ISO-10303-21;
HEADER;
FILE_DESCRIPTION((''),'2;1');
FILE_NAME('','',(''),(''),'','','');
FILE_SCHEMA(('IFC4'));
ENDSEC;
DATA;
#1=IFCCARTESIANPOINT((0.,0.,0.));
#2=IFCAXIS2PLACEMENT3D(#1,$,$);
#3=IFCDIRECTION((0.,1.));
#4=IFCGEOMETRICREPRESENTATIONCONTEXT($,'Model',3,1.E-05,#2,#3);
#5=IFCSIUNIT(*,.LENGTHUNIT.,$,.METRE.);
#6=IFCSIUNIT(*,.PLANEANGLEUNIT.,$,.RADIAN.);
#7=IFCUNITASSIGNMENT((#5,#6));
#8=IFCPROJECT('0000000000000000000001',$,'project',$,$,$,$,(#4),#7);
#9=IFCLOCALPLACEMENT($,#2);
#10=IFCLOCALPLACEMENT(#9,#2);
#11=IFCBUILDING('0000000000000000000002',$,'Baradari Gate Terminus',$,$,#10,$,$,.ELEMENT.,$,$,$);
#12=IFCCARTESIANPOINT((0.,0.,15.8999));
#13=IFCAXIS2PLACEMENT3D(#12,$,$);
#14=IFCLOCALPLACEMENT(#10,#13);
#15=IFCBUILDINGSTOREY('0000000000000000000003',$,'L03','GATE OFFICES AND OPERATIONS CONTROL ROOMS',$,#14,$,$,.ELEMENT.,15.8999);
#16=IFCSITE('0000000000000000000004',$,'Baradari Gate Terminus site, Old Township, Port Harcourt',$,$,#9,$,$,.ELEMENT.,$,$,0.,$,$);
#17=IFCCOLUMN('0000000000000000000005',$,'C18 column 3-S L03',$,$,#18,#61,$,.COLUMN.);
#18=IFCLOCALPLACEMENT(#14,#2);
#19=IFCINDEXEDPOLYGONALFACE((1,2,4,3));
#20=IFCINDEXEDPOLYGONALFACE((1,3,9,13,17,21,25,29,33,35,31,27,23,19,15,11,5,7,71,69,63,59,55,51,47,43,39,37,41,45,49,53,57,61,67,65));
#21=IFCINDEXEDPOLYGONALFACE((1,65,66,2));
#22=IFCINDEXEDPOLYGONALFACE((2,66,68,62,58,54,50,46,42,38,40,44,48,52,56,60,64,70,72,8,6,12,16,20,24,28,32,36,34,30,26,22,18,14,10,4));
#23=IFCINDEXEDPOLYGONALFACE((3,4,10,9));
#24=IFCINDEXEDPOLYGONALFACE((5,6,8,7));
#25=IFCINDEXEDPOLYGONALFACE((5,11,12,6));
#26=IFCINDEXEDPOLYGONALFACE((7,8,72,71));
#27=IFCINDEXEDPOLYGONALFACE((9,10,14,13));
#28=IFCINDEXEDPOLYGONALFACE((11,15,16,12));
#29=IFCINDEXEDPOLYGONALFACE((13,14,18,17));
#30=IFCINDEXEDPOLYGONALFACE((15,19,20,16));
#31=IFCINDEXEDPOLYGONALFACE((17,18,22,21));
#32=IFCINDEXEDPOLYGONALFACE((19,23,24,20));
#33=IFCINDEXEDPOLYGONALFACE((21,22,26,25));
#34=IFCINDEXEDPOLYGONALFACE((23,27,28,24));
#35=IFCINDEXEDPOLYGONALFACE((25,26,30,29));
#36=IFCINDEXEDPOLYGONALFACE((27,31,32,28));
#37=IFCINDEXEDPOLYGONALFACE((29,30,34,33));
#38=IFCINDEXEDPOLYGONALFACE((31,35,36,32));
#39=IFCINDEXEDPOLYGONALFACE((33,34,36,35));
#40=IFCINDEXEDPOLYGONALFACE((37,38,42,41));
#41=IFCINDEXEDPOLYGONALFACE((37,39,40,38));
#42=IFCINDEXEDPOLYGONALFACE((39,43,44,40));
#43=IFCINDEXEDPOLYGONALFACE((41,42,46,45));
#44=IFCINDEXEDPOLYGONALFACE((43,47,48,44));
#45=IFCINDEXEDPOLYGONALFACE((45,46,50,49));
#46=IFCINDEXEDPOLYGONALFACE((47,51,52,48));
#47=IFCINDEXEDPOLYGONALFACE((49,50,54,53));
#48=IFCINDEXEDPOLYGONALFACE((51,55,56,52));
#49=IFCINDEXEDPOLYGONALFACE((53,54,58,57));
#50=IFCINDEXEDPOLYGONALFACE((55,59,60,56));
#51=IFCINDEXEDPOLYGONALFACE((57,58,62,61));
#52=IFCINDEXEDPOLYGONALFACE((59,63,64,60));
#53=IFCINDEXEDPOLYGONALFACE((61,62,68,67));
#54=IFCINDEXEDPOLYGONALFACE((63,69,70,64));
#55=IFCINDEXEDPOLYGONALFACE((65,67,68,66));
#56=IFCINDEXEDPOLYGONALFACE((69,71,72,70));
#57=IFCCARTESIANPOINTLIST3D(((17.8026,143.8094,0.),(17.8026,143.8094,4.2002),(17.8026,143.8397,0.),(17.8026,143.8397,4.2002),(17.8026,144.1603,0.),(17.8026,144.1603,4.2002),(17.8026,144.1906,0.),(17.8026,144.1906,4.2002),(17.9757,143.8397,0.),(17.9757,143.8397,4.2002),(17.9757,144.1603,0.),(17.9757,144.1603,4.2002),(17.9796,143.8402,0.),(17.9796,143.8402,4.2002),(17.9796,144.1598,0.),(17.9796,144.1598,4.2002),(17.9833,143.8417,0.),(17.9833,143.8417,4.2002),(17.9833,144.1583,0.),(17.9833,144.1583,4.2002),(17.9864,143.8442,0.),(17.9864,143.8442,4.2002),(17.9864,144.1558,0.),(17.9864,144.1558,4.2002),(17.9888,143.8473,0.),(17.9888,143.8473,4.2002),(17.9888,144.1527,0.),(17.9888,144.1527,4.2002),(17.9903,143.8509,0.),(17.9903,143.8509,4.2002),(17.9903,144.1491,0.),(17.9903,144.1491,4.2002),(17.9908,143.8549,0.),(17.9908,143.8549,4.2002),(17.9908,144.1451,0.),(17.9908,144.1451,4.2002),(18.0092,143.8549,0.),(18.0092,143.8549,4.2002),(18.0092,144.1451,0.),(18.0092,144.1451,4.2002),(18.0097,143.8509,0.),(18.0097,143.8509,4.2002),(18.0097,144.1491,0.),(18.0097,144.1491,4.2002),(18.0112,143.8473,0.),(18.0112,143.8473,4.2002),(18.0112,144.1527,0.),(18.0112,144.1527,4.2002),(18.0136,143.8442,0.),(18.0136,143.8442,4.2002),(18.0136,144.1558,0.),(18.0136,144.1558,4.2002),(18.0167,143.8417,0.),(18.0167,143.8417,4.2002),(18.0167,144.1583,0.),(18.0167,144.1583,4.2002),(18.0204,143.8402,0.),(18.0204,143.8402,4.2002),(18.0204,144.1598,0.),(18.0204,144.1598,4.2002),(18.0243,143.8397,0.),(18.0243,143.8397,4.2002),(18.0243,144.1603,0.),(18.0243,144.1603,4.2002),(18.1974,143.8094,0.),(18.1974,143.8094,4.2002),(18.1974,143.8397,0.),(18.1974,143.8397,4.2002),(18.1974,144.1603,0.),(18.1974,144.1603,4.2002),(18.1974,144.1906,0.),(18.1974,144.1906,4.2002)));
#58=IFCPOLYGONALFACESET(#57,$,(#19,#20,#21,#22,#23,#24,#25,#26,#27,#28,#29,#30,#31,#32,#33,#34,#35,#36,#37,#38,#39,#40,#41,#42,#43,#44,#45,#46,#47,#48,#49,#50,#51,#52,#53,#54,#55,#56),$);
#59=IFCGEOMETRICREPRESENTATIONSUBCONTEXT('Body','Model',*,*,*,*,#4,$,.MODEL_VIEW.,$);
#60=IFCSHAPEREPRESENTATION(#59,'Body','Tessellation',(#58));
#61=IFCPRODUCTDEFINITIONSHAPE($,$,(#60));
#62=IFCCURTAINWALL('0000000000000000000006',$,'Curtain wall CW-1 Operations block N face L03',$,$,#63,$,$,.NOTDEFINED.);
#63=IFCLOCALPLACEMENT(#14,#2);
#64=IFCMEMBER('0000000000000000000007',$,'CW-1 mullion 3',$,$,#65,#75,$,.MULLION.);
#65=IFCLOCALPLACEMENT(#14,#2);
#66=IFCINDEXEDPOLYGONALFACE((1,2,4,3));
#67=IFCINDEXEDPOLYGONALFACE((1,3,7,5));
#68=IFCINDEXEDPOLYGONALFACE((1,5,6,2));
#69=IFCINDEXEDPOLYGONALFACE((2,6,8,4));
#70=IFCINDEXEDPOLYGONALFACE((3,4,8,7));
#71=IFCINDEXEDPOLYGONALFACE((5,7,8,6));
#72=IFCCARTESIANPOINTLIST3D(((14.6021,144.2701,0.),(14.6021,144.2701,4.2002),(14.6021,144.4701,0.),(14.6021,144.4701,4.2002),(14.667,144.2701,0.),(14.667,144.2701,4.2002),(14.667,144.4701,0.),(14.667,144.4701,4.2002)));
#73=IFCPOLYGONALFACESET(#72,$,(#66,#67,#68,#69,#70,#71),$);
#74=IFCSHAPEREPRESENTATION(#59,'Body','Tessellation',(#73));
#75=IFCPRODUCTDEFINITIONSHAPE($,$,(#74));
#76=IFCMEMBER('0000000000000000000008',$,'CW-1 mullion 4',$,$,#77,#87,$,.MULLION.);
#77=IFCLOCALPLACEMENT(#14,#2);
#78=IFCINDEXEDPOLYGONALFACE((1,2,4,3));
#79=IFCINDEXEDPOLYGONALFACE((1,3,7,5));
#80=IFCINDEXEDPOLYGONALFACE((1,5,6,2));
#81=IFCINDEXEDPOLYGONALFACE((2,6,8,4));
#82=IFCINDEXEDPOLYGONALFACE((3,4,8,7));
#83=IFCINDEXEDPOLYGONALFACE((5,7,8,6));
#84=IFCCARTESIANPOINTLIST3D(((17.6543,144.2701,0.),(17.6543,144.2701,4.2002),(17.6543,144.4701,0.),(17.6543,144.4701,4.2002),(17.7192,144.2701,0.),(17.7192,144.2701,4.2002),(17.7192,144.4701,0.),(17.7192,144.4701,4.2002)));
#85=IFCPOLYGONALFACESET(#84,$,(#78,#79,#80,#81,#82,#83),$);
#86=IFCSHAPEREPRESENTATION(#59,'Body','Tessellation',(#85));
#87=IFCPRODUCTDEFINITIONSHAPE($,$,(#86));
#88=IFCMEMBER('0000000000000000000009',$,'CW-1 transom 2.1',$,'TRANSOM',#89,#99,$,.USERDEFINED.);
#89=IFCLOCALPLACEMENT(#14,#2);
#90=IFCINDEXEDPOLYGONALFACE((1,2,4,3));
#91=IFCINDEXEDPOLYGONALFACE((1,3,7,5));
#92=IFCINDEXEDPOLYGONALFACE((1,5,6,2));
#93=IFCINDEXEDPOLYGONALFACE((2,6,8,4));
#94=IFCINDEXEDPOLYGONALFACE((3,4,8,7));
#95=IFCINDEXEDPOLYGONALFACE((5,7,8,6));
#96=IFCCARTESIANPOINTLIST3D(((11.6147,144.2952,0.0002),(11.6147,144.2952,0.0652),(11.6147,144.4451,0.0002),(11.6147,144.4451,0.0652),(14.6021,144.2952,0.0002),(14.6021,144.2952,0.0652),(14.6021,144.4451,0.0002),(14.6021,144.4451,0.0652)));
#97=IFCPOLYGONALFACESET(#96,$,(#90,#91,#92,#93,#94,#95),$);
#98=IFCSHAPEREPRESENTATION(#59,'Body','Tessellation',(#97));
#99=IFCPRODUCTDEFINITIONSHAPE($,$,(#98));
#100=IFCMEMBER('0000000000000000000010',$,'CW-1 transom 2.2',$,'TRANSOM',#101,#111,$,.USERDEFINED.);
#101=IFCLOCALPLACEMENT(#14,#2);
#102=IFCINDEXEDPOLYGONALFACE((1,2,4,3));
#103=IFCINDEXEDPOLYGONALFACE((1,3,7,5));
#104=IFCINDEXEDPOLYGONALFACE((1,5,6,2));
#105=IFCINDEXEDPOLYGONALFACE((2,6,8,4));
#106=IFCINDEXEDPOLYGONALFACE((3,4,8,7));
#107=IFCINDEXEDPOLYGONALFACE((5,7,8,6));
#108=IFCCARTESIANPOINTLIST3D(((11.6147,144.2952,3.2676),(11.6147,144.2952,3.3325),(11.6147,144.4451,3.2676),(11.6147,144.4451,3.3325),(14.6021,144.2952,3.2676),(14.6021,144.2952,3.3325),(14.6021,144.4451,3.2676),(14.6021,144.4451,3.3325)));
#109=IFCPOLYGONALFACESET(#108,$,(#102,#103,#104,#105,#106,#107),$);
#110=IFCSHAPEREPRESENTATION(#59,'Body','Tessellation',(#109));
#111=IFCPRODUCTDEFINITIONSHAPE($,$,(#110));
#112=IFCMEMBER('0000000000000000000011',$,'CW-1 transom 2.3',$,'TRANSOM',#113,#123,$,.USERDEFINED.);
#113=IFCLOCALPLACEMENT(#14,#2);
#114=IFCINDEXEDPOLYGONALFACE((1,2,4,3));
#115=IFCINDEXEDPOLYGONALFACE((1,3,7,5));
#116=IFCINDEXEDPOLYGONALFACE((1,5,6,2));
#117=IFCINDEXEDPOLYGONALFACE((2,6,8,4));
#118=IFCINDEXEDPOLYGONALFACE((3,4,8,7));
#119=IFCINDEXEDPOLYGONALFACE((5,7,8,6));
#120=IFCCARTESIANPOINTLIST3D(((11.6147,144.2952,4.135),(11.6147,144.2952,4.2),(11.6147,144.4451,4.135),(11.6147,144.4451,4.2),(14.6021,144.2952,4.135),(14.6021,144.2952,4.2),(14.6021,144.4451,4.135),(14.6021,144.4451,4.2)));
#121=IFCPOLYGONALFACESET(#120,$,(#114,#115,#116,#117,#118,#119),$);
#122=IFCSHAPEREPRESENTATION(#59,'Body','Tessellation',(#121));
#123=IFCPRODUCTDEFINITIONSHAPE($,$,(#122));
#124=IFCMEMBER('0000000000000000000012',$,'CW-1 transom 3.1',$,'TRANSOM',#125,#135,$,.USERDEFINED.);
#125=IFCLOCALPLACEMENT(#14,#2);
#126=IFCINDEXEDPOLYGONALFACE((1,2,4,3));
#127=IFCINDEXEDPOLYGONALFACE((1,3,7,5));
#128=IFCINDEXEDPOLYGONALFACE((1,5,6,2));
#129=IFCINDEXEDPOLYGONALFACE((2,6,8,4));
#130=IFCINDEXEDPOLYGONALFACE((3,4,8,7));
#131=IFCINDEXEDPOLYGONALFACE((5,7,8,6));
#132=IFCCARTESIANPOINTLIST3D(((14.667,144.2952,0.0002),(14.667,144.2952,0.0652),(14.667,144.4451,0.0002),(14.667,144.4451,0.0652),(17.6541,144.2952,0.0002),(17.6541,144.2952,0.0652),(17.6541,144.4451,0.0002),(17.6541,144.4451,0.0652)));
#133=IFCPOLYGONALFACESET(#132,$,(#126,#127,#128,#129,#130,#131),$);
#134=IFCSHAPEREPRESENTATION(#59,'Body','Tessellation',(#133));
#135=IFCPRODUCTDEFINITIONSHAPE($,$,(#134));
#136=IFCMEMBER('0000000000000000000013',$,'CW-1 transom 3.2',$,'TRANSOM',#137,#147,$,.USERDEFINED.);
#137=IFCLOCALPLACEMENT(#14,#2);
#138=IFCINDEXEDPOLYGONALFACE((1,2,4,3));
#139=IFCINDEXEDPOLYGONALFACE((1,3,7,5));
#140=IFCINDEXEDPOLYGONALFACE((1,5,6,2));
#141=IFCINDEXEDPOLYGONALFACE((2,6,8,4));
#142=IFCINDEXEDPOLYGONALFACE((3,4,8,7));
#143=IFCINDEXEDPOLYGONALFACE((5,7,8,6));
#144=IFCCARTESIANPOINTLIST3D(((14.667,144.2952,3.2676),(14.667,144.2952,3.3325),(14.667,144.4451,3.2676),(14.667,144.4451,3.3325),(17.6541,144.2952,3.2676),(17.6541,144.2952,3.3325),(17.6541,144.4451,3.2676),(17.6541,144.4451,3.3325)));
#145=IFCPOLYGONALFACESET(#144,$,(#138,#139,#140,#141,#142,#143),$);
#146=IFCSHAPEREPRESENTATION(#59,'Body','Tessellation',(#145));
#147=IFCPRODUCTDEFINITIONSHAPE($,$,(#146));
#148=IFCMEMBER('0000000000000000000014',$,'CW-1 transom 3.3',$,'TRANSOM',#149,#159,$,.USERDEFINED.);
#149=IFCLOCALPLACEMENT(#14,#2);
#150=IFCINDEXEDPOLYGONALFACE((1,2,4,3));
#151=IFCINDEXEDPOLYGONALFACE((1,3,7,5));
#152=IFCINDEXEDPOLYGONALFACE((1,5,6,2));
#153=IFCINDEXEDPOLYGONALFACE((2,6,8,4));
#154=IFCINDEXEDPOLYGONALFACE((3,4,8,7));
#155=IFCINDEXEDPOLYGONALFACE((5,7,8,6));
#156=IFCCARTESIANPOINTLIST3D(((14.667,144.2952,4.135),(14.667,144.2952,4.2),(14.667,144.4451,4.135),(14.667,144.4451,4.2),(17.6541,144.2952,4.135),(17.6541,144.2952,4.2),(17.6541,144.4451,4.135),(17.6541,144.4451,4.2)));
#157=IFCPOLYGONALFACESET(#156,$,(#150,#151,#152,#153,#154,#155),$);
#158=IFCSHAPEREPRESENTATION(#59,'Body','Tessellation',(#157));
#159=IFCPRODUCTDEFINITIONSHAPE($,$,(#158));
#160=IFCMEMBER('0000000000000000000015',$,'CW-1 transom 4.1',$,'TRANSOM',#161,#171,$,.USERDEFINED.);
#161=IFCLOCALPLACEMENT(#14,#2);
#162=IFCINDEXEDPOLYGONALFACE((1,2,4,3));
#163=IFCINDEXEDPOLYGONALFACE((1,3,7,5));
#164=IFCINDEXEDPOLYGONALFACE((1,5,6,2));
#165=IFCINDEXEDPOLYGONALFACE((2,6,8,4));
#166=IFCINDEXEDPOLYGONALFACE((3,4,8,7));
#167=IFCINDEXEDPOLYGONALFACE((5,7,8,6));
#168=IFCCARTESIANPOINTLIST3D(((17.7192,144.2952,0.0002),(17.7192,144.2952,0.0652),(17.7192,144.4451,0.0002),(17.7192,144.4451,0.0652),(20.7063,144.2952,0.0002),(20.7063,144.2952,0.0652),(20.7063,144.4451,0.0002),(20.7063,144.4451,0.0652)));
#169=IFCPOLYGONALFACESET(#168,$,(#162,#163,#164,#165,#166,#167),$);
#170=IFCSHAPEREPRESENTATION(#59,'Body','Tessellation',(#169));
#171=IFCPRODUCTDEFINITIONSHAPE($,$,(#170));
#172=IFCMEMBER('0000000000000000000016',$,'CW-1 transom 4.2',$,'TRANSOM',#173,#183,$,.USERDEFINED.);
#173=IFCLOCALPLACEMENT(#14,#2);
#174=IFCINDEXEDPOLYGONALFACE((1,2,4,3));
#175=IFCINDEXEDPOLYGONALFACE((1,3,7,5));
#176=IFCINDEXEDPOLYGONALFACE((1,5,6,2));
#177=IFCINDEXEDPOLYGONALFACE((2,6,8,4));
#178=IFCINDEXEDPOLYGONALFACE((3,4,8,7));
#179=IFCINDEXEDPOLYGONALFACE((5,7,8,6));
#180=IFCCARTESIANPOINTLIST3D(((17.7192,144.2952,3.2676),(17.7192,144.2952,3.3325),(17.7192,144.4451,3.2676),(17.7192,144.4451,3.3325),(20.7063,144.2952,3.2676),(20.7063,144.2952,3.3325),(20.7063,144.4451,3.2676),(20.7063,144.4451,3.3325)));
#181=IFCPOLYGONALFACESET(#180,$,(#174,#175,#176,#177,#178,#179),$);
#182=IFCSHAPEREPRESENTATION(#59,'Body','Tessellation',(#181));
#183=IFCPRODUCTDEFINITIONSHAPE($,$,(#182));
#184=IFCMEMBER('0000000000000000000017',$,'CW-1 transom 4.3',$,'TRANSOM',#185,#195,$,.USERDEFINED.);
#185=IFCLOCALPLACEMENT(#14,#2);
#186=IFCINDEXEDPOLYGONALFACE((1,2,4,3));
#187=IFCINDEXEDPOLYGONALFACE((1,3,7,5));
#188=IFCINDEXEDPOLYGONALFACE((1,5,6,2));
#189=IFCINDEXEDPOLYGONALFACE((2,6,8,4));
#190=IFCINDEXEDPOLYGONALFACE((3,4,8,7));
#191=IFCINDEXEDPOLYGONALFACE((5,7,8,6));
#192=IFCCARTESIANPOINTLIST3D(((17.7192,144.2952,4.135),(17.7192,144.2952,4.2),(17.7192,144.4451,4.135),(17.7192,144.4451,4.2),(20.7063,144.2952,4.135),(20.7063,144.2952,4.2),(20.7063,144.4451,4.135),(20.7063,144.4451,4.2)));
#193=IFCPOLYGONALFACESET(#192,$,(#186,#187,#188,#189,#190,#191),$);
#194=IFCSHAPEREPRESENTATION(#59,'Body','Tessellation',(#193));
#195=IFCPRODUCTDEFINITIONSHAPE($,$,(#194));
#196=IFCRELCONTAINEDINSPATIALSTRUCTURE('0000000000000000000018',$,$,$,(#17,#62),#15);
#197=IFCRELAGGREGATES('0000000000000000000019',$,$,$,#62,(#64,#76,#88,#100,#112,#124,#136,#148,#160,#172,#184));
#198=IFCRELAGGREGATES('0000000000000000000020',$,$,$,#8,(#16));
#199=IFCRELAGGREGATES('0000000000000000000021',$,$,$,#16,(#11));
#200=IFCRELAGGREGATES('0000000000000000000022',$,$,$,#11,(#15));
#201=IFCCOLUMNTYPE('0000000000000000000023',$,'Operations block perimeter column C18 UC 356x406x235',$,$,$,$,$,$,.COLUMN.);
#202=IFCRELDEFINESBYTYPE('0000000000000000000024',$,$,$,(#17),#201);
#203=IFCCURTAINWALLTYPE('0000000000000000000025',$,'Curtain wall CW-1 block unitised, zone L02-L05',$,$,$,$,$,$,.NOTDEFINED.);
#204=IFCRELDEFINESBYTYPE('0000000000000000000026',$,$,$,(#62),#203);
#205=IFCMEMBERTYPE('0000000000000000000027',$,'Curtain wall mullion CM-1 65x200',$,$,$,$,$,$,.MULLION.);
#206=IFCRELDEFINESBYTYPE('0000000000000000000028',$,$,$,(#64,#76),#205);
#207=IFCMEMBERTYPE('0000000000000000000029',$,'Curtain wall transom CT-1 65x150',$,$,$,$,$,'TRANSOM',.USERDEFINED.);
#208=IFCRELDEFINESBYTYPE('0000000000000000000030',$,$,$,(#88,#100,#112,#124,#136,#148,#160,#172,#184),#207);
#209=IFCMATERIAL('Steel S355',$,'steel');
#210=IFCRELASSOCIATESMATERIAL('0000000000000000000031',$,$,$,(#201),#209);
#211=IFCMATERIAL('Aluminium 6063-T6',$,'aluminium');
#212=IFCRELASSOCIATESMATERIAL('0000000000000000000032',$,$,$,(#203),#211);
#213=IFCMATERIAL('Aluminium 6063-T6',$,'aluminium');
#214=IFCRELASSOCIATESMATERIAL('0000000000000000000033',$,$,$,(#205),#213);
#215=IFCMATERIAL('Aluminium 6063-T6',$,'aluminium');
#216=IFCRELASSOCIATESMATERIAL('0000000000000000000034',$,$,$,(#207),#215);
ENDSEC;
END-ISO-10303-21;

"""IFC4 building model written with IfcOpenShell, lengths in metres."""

from ifc_helpers import new_model, si_unit, direction, frame, origin, origin_2d, place, context, subcontext, project, spatial, rectangle, i_section, extrude, material, material_profile, profile_set, type_object, element, aggregate, save


model = new_model("IFC4")

# Units and contexts
model_context = context("Model", 3, precision=1e-05, world=origin(), true_north=direction((0.0, 1.0)))
body_context = subcontext(model_context, "Body", "Model", "MODEL_VIEW")
ifc_project = project(units=[si_unit("LENGTHUNIT", "METRE"), si_unit("PLANEANGLEUNIT", "RADIAN")], contexts=[model_context])

# Site, building, storey
site_placement = place(None, origin())
site = spatial("IfcSite", under=ifc_project, at=site_placement, Name="Baradari Gate Terminus site, Old Township, Port Harcourt", CompositionType="ELEMENT", RefElevation=0.0)
building_placement = place(site_placement, origin())
building = spatial("IfcBuilding", under=site, at=building_placement, Name="Baradari Gate Terminus", CompositionType="ELEMENT")
storey_placement = place(building_placement, frame((0.0, 0.0, 15.8999)))
storey = spatial("IfcBuildingStorey", under=building, at=storey_placement, Name="L03", Description="GATE OFFICES AND OPERATIONS CONTROL ROOMS", CompositionType="ELEMENT", Elevation=15.8999)

# Column
ifc_material_1 = material(Name="Steel S355", Category="steel")
ifc_material_profile_1 = material_profile(ifc_material_1, i_section(OverallWidth=0.3948, OverallDepth=0.3811, WebThickness=0.0183, FlangeThickness=0.0303, FilletRadius=0.0151, at=origin_2d()), Name="UC 356x406x235")
ifc_profile_set_1 = profile_set([ifc_material_profile_1], Name="Steel S355")
column_type = type_object("IfcColumnType", Name="Operations block perimeter column C18 UC 356x406x235", PredefinedType="COLUMN", material=ifc_profile_set_1)
column_placement = place(storey_placement, frame((18.0, 144.0, 0.0), z_axis=(0.0, 0.0, 1.0), x_axis=(1.0, 0.0, 0.0)))
element("IfcColumn", 1, at=column_placement, inside=storey, type_object=column_type, Name="C18 column 3-S L03", PredefinedType="COLUMN", context=body_context, shape_type="SweptSolid", body=[
    extrude(i_section(OverallWidth=0.3948, OverallDepth=0.3811, WebThickness=0.0183, FlangeThickness=0.0303, FilletRadius=0.0151, at=origin_2d()), origin(), (0.0, 0.0, 1.0), 4.2002),
])

# Curtain wall, members
ifc_material_2 = material(Name="Aluminium 6063-T6", Category="aluminium")
curtain_wall_type = type_object("IfcCurtainWallType", Name="Curtain wall CW-1 block unitised, zone L02-L05", PredefinedType="NOTDEFINED", material=ifc_material_2)
curtain_wall_placement = place(storey_placement, origin())
curtain_wall = element("IfcCurtainWall", 2, at=curtain_wall_placement, inside=storey, type_object=curtain_wall_type, Name="Curtain wall CW-1 Operations block N face L03", PredefinedType="NOTDEFINED")
ifc_material_3 = material(Name="Aluminium 6063-T6", Category="aluminium")
ifc_material_profile_2 = material_profile(ifc_material_3, rectangle(XDim=0.2, YDim=0.0649, at=origin_2d()), Name="CM-1 65X200")
ifc_profile_set_2 = profile_set([ifc_material_profile_2], Name="Aluminium 6063-T6")
member_type_1 = type_object("IfcMemberType", Name="Curtain wall mullion CM-1 65x200", PredefinedType="MULLION", material=ifc_profile_set_2)
member_1_placement = place(storey_placement, frame((14.6345, 144.3701, 0.0), z_axis=(0.0, 0.0, 1.0), x_axis=(0.0, 1.0, 0.0)))
member_1 = element("IfcMember", 3, at=member_1_placement, type_object=member_type_1, Name="CW-1 mullion 3", PredefinedType="MULLION", context=body_context, shape_type="SweptSolid", body=[
    extrude(rectangle(XDim=0.2, YDim=0.0649, at=origin_2d()), origin(), (0.0, 0.0, 1.0), 4.2002),
])
member_2_placement = place(storey_placement, frame((17.6868, 144.3701, 0.0), z_axis=(0.0, 0.0, 1.0), x_axis=(0.0, 1.0, 0.0)))
member_2 = element("IfcMember", 4, at=member_2_placement, type_object=member_type_1, Name="CW-1 mullion 4", PredefinedType="MULLION", context=body_context, shape_type="SweptSolid", body=[
    extrude(rectangle(XDim=0.2, YDim=0.0649, at=origin_2d()), origin(), (0.0, 0.0, 1.0), 4.2002),
])
ifc_material_4 = material(Name="Aluminium 6063-T6", Category="aluminium")
ifc_material_profile_3 = material_profile(ifc_material_4, rectangle(XDim=0.1499, YDim=0.0649, at=origin_2d()), Name="CT-1 65X150")
ifc_profile_set_3 = profile_set([ifc_material_profile_3], Name="Aluminium 6063-T6")
member_type_2 = type_object("IfcMemberType", Name="Curtain wall transom CT-1 65x150", ElementType="TRANSOM", PredefinedType="USERDEFINED", material=ifc_profile_set_3)
member_3_placement = place(storey_placement, frame((11.6147, 144.3701, 0.0327), z_axis=(1.0, 0.0, 0.0), x_axis=(0.0, 1.0, 0.0)))
member_3 = element("IfcMember", 5, at=member_3_placement, type_object=member_type_2, Name="CW-1 transom 2.1", ObjectType="TRANSOM", PredefinedType="USERDEFINED", context=body_context, shape_type="SweptSolid", body=[
    extrude(rectangle(XDim=0.1499, YDim=0.0649, at=origin_2d()), origin(), (0.0, 0.0, 1.0), 2.9873),
])
member_4_placement = place(storey_placement, frame((11.6147, 144.3701, 3.3), z_axis=(1.0, 0.0, 0.0), x_axis=(0.0, 1.0, 0.0)))
member_4 = element("IfcMember", 6, at=member_4_placement, type_object=member_type_2, Name="CW-1 transom 2.2", ObjectType="TRANSOM", PredefinedType="USERDEFINED", context=body_context, shape_type="SweptSolid", body=[
    extrude(rectangle(XDim=0.1499, YDim=0.0649, at=origin_2d()), origin(), (0.0, 0.0, 1.0), 2.9873),
])
member_5_placement = place(storey_placement, frame((11.6147, 144.3701, 4.1675), z_axis=(1.0, 0.0, 0.0), x_axis=(0.0, 1.0, 0.0)))
member_5 = element("IfcMember", 7, at=member_5_placement, type_object=member_type_2, Name="CW-1 transom 2.3", ObjectType="TRANSOM", PredefinedType="USERDEFINED", context=body_context, shape_type="SweptSolid", body=[
    extrude(rectangle(XDim=0.1499, YDim=0.0649, at=origin_2d()), origin(), (0.0, 0.0, 1.0), 2.9873),
])
member_6_placement = place(storey_placement, frame((14.667, 144.3701, 0.0327), z_axis=(1.0, 0.0, 0.0), x_axis=(0.0, 1.0, 0.0)))
member_6 = element("IfcMember", 8, at=member_6_placement, type_object=member_type_2, Name="CW-1 transom 3.1", ObjectType="TRANSOM", PredefinedType="USERDEFINED", context=body_context, shape_type="SweptSolid", body=[
    extrude(rectangle(XDim=0.1499, YDim=0.0649, at=origin_2d()), origin(), (0.0, 0.0, 1.0), 2.9871),
])
member_7_placement = place(storey_placement, frame((14.667, 144.3701, 3.3), z_axis=(1.0, 0.0, 0.0), x_axis=(0.0, 1.0, 0.0)))
member_7 = element("IfcMember", 9, at=member_7_placement, type_object=member_type_2, Name="CW-1 transom 3.2", ObjectType="TRANSOM", PredefinedType="USERDEFINED", context=body_context, shape_type="SweptSolid", body=[
    extrude(rectangle(XDim=0.1499, YDim=0.0649, at=origin_2d()), origin(), (0.0, 0.0, 1.0), 2.9871),
])
member_8_placement = place(storey_placement, frame((14.667, 144.3701, 4.1675), z_axis=(1.0, 0.0, 0.0), x_axis=(0.0, 1.0, 0.0)))
member_8 = element("IfcMember", 10, at=member_8_placement, type_object=member_type_2, Name="CW-1 transom 3.3", ObjectType="TRANSOM", PredefinedType="USERDEFINED", context=body_context, shape_type="SweptSolid", body=[
    extrude(rectangle(XDim=0.1499, YDim=0.0649, at=origin_2d()), origin(), (0.0, 0.0, 1.0), 2.9871),
])
member_9_placement = place(storey_placement, frame((17.7192, 144.3701, 0.0327), z_axis=(1.0, 0.0, 0.0), x_axis=(0.0, 1.0, 0.0)))
member_9 = element("IfcMember", 11, at=member_9_placement, type_object=member_type_2, Name="CW-1 transom 4.1", ObjectType="TRANSOM", PredefinedType="USERDEFINED", context=body_context, shape_type="SweptSolid", body=[
    extrude(rectangle(XDim=0.1499, YDim=0.0649, at=origin_2d()), origin(), (0.0, 0.0, 1.0), 2.9871),
])
member_10_placement = place(storey_placement, frame((17.7192, 144.3701, 3.3), z_axis=(1.0, 0.0, 0.0), x_axis=(0.0, 1.0, 0.0)))
member_10 = element("IfcMember", 12, at=member_10_placement, type_object=member_type_2, Name="CW-1 transom 4.2", ObjectType="TRANSOM", PredefinedType="USERDEFINED", context=body_context, shape_type="SweptSolid", body=[
    extrude(rectangle(XDim=0.1499, YDim=0.0649, at=origin_2d()), origin(), (0.0, 0.0, 1.0), 2.9871),
])
member_11_placement = place(storey_placement, frame((17.7192, 144.3701, 4.1675), z_axis=(1.0, 0.0, 0.0), x_axis=(0.0, 1.0, 0.0)))
member_11 = element("IfcMember", 13, at=member_11_placement, type_object=member_type_2, Name="CW-1 transom 4.3", ObjectType="TRANSOM", PredefinedType="USERDEFINED", context=body_context, shape_type="SweptSolid", body=[
    extrude(rectangle(XDim=0.1499, YDim=0.0649, at=origin_2d()), origin(), (0.0, 0.0, 1.0), 2.9871),
])

aggregate(curtain_wall, [member_1, member_2, member_3, member_4, member_5, member_6, member_7, member_8, member_9, member_10, member_11])

save(model, "model.ifc")
